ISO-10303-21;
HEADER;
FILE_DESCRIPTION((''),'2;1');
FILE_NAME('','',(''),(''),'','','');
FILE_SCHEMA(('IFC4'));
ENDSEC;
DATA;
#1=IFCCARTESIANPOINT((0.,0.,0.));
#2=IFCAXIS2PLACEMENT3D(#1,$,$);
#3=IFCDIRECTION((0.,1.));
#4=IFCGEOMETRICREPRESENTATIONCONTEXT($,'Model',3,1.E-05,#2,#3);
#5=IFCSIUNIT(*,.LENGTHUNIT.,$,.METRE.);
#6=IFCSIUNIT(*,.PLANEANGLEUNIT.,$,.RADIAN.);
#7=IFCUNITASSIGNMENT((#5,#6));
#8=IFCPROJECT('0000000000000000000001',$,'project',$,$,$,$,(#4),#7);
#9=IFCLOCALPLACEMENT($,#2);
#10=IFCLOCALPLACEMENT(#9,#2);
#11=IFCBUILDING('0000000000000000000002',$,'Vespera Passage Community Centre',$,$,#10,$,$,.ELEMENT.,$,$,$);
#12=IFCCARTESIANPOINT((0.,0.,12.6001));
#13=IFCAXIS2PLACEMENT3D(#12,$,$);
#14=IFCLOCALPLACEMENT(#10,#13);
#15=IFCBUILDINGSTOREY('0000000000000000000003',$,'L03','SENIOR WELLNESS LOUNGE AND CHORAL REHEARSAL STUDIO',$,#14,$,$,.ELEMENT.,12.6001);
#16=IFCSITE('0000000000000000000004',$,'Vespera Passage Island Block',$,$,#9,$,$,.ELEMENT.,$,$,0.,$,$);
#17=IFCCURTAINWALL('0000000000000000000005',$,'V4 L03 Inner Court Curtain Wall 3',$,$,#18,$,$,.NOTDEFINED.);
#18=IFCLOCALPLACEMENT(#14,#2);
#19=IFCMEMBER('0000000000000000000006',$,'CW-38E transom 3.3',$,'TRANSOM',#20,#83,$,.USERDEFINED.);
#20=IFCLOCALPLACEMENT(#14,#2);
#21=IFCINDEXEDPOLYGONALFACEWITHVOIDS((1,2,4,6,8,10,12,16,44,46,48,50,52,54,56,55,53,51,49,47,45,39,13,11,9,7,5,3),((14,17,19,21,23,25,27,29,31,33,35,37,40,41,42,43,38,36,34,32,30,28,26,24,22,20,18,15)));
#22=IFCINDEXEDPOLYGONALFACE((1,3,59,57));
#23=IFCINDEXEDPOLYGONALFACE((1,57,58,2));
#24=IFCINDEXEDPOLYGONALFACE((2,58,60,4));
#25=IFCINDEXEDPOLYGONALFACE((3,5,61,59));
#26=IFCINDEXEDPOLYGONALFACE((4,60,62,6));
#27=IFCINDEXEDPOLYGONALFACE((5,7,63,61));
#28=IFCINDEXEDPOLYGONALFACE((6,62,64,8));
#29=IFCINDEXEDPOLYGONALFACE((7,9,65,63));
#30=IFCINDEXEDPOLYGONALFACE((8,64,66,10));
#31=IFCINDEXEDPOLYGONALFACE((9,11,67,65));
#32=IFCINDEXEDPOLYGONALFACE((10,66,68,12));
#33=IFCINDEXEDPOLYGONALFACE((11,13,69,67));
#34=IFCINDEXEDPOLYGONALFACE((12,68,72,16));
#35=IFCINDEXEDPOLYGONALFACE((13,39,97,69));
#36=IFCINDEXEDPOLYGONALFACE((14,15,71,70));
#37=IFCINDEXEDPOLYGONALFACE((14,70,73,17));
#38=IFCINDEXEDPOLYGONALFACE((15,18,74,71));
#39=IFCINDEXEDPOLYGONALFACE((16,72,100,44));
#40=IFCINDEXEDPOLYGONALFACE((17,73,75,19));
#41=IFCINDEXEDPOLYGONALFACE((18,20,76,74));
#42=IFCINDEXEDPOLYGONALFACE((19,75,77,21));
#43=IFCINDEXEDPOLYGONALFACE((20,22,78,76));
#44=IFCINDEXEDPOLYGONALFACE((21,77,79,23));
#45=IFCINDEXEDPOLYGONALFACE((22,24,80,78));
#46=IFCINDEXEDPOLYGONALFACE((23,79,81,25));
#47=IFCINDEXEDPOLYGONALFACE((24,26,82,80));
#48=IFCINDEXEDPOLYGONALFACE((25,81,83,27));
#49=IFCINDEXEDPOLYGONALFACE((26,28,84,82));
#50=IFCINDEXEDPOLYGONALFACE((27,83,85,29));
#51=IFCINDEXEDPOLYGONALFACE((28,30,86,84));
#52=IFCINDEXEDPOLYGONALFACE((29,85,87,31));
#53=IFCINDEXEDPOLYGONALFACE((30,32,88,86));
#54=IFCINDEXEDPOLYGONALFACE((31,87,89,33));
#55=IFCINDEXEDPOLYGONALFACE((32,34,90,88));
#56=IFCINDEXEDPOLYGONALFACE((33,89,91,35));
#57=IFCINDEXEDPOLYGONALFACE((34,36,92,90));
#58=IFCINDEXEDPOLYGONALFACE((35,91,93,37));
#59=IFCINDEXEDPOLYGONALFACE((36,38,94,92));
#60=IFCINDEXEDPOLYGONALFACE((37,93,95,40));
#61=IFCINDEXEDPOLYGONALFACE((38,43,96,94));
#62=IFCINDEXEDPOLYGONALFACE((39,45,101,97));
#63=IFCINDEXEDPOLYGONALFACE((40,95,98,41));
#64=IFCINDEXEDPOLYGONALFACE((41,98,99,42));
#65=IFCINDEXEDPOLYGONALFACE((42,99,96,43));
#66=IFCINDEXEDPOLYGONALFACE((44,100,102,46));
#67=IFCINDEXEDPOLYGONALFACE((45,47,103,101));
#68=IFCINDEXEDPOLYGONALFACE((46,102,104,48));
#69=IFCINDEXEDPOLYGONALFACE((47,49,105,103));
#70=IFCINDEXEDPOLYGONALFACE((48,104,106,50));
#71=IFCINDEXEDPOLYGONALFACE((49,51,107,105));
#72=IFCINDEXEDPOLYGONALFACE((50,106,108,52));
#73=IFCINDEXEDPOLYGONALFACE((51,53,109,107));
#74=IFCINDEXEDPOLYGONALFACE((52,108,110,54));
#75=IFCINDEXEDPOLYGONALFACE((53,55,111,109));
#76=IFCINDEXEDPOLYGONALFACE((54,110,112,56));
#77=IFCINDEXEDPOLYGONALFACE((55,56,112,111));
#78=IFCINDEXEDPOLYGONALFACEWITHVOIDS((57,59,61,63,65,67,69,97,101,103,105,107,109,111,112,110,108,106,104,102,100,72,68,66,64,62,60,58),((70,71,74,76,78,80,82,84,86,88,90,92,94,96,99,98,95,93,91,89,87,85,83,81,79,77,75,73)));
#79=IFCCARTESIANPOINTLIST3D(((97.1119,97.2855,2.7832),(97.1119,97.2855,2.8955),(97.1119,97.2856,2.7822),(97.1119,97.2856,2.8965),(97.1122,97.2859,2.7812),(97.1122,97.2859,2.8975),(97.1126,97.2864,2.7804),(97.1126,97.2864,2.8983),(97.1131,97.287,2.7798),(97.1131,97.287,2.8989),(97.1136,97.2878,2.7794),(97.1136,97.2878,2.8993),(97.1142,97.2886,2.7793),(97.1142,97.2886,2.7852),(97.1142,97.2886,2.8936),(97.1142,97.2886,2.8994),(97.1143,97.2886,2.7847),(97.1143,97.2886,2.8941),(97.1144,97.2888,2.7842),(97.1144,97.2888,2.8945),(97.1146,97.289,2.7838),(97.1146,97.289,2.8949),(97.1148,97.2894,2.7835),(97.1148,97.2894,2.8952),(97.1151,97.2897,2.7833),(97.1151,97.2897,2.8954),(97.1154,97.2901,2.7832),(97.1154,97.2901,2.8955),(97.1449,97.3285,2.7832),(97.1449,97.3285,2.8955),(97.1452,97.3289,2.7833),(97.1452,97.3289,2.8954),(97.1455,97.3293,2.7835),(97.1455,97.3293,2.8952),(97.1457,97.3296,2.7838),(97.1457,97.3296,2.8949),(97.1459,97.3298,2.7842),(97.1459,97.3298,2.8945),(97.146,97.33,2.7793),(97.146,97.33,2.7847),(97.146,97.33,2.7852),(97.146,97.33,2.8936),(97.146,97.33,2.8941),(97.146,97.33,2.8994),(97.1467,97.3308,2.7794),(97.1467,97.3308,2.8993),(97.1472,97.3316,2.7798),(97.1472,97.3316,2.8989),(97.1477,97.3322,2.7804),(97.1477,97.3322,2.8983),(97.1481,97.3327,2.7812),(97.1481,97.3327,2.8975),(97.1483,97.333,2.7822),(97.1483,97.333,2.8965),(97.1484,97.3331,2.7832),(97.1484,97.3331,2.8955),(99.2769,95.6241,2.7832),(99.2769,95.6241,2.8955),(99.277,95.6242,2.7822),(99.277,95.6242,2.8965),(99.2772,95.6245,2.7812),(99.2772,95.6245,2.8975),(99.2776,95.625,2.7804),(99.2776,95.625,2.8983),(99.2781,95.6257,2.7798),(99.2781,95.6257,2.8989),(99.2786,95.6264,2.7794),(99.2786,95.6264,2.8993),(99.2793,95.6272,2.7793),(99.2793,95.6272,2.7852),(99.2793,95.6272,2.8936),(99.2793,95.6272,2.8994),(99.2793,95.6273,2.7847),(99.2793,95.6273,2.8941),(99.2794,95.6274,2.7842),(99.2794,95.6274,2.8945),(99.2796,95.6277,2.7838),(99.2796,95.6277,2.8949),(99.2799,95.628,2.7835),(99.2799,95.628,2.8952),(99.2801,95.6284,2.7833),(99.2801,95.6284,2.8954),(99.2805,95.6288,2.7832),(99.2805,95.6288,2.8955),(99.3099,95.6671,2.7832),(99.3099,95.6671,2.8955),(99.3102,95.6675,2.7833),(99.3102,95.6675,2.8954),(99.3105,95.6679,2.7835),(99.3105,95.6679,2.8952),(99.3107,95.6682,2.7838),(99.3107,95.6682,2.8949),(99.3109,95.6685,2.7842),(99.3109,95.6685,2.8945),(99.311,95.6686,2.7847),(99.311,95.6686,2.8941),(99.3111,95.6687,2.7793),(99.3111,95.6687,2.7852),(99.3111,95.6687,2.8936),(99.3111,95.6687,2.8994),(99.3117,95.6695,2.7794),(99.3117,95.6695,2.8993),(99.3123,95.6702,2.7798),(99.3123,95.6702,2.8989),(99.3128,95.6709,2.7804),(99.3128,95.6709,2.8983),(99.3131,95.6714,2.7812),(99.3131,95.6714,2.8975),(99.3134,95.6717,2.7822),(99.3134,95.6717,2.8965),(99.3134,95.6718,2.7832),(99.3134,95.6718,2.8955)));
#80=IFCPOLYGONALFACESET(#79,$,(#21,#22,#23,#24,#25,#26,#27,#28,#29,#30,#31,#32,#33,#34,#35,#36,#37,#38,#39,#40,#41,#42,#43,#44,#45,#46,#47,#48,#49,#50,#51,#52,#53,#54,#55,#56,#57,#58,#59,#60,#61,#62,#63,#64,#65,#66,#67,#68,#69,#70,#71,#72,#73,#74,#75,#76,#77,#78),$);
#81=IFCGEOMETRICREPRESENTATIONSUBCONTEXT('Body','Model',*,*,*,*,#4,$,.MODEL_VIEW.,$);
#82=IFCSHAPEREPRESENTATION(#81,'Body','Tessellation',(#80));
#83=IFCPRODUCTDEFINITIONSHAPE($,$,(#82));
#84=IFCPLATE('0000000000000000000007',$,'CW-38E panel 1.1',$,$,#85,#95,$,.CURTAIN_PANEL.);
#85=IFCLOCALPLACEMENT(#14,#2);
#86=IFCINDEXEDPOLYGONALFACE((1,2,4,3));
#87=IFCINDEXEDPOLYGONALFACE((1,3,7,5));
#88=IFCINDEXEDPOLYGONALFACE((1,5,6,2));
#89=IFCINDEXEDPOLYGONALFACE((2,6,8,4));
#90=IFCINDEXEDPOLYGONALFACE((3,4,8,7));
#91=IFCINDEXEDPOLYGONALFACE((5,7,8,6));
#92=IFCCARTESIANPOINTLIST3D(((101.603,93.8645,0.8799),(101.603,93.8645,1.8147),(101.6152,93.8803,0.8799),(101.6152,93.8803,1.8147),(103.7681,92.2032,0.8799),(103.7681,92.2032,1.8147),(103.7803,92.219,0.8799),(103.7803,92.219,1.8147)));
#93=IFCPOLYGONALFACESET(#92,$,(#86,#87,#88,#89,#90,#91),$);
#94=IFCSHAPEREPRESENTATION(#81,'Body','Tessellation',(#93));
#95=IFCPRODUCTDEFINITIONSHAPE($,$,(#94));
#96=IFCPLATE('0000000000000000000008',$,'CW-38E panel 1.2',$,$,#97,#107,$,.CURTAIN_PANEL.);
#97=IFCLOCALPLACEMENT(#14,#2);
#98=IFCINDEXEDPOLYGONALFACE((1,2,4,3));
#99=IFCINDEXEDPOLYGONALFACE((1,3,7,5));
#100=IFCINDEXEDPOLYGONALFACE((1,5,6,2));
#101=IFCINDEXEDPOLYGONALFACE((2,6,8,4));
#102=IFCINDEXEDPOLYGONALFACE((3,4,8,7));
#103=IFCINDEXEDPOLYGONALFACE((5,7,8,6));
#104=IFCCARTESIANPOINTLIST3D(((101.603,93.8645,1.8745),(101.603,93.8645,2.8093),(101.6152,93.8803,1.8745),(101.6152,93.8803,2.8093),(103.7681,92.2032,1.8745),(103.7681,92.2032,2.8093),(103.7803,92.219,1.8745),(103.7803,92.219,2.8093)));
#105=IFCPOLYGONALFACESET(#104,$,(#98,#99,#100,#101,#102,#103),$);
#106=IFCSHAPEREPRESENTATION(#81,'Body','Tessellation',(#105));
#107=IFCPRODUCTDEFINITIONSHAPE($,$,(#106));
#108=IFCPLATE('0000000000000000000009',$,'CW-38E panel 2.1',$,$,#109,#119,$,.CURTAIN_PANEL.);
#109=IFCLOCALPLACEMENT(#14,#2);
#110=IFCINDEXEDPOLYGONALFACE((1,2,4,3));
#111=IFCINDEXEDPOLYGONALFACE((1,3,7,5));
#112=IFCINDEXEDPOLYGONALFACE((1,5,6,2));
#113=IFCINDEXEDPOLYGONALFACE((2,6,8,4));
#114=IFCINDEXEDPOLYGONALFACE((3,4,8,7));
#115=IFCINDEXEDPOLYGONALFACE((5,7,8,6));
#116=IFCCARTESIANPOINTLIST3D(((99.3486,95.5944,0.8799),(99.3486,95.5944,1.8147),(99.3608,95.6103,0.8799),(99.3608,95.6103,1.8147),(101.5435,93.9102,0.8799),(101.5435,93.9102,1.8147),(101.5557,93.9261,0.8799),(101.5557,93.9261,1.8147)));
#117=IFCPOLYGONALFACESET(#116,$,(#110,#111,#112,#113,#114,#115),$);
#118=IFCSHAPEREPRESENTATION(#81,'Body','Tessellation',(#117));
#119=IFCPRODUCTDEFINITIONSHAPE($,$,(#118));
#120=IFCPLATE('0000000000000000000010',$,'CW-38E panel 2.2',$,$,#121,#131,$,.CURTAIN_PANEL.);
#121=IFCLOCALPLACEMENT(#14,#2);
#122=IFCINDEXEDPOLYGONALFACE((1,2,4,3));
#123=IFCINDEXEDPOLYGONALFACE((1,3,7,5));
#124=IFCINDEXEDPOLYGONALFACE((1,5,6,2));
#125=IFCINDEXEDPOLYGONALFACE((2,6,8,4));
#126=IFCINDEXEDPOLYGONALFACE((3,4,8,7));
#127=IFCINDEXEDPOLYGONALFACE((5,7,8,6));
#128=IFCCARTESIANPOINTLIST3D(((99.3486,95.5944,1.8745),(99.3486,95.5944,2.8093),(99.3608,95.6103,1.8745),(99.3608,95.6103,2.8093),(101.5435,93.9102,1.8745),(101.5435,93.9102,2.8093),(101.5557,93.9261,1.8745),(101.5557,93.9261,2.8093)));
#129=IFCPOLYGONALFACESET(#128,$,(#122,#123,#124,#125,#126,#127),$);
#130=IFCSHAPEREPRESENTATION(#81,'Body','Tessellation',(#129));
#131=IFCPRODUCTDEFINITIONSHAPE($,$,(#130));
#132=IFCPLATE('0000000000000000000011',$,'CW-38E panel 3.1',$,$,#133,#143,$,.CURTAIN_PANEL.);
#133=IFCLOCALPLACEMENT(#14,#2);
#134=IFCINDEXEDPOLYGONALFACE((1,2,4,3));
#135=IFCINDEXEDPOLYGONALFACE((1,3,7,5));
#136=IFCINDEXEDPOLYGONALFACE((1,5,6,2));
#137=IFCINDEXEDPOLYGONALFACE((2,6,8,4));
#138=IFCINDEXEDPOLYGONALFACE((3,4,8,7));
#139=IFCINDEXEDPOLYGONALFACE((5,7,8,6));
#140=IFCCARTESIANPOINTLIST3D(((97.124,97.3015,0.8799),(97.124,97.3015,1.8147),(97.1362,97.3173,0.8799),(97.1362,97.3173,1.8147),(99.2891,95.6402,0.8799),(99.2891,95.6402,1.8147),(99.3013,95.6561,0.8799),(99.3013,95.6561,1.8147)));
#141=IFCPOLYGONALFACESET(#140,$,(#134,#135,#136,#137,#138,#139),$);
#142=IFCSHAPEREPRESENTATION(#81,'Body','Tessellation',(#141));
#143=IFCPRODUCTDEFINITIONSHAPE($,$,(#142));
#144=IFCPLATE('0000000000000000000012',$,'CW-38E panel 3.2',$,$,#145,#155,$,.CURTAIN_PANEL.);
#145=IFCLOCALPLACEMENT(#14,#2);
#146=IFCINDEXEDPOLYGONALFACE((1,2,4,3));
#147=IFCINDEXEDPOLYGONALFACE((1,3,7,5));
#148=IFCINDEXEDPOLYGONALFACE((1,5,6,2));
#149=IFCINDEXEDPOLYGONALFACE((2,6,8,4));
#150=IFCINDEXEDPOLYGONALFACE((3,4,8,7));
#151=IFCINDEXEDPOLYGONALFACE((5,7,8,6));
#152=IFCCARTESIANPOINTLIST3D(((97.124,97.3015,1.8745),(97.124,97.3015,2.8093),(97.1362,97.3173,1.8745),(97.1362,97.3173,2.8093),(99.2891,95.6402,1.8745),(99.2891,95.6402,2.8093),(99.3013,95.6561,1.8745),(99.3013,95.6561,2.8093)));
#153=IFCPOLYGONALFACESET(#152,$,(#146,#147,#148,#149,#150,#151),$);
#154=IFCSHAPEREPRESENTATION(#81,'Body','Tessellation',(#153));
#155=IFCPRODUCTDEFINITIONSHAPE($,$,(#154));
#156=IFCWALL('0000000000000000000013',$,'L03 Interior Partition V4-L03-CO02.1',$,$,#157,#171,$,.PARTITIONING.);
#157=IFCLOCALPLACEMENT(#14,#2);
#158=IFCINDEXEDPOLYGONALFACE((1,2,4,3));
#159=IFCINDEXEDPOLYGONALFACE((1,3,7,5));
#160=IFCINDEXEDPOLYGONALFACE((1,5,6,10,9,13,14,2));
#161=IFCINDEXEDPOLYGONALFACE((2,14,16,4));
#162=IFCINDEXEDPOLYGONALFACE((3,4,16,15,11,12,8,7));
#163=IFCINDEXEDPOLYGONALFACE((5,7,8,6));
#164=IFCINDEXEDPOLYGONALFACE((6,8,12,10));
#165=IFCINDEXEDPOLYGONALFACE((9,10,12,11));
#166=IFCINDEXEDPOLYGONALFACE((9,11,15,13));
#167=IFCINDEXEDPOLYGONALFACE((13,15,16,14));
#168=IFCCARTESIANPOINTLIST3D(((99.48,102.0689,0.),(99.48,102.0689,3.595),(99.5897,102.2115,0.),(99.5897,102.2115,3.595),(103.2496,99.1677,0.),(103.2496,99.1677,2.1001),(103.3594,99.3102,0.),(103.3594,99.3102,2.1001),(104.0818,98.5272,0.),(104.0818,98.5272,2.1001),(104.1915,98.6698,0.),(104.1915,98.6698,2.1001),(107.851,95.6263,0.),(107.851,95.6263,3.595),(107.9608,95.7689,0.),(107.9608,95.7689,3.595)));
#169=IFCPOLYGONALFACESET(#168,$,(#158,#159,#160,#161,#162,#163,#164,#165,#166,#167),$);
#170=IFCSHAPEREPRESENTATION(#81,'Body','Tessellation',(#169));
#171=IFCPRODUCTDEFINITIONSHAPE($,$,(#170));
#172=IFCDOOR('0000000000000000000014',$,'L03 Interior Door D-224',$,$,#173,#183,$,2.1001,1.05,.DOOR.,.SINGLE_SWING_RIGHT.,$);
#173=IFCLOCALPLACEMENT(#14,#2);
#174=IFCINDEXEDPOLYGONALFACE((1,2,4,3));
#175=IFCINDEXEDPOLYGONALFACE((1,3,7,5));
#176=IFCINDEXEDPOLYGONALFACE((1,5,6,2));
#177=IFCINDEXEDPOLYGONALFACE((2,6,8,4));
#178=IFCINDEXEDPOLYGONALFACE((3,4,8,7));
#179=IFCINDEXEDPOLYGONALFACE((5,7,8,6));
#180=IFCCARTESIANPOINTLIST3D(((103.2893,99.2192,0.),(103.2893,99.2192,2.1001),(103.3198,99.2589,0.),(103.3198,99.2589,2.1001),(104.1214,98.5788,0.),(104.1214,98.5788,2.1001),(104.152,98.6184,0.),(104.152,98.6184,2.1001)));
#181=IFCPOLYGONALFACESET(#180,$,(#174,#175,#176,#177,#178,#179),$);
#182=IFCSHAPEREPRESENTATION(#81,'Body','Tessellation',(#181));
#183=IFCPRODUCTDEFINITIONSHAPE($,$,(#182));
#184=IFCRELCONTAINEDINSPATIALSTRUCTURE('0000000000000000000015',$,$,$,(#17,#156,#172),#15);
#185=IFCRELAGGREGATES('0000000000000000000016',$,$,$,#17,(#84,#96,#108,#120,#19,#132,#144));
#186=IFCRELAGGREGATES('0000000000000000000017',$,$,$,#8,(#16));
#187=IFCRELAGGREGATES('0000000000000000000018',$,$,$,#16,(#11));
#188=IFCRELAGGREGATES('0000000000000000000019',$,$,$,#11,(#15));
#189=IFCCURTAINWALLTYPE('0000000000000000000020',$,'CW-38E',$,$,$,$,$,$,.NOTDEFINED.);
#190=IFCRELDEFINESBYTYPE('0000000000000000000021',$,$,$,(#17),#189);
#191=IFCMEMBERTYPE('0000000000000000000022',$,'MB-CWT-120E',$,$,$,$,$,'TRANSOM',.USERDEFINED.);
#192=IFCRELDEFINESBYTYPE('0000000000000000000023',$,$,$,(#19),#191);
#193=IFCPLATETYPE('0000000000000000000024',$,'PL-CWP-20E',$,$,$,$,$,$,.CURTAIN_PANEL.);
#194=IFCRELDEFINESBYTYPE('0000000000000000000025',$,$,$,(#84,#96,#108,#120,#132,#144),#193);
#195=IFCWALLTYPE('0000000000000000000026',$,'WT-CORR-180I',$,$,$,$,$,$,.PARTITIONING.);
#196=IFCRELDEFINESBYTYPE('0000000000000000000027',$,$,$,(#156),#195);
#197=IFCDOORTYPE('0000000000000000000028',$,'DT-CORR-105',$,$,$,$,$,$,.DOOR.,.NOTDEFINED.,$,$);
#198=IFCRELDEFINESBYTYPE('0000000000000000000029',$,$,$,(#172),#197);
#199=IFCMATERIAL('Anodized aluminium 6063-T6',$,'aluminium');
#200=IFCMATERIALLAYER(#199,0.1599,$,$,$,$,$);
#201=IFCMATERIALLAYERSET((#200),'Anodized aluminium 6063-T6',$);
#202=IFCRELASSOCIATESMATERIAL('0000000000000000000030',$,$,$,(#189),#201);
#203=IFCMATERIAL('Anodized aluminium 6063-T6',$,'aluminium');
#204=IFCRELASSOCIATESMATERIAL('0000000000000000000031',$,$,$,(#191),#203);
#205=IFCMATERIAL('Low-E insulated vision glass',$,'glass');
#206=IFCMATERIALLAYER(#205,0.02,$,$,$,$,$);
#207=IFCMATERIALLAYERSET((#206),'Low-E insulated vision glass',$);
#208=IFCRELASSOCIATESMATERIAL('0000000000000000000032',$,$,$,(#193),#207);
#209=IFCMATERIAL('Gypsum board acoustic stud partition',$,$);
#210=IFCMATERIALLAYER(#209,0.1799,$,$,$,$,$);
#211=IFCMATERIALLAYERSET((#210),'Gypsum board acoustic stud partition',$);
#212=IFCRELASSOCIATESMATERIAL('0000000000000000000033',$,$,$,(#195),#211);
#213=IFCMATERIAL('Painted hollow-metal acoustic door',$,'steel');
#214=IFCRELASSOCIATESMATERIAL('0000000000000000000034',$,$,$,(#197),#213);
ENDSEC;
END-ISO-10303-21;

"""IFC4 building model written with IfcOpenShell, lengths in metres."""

from ifc_helpers import new_model, si_unit, direction, frame, frame_2d, origin, origin_2d, place, context, subcontext, project, spatial, rectangle, hollow_rectangle, extrude, material, layer, layer_set, material_profile, profile_set, type_object, element, fill, aggregate, save


model = new_model("IFC4")

# Units and contexts
model_context = context("Model", 3, precision=1e-05, world=origin(), true_north=direction((0.0, 1.0)))
body_context = subcontext(model_context, "Body", "Model", "MODEL_VIEW")
ifc_project = project(units=[si_unit("LENGTHUNIT", "METRE"), si_unit("PLANEANGLEUNIT", "RADIAN")], contexts=[model_context])

# Site, building, storey
site_placement = place(None, origin())
site = spatial("IfcSite", under=ifc_project, at=site_placement, Name="Vespera Passage Island Block", CompositionType="ELEMENT", RefElevation=0.0)
building_placement = place(site_placement, origin())
building = spatial("IfcBuilding", under=site, at=building_placement, Name="Vespera Passage Community Centre", CompositionType="ELEMENT")
storey_placement = place(building_placement, frame((0.0, 0.0, 12.6001)))
storey = spatial("IfcBuildingStorey", under=building, at=storey_placement, Name="L03", Description="SENIOR WELLNESS LOUNGE AND CHORAL REHEARSAL STUDIO", CompositionType="ELEMENT", Elevation=12.6001)

# Curtain wall, member, plates
ifc_material_1 = material(Name="Anodized aluminium 6063-T6", Category="aluminium")
ifc_layer_1 = layer(ifc_material_1, 0.1599)
ifc_layer_set_1 = layer_set([ifc_layer_1], Name="Anodized aluminium 6063-T6")
curtain_wall_type = type_object("IfcCurtainWallType", Name="CW-38E", PredefinedType="NOTDEFINED", material=ifc_layer_set_1)
curtain_wall_placement = place(storey_placement, origin())
curtain_wall = element("IfcCurtainWall", 1, at=curtain_wall_placement, inside=storey, type_object=curtain_wall_type, Name="V4 L03 Inner Court Curtain Wall 3", PredefinedType="NOTDEFINED")
ifc_material_2 = material(Name="Anodized aluminium 6063-T6", Category="aluminium")
ifc_material_profile_1 = material_profile(ifc_material_2, hollow_rectangle(XDim=0.0601, YDim=0.1201, WallThickness=0.0039, InnerFilletRadius=0.002, OuterFilletRadius=0.0039, at=origin_2d()), Name="ALU120X60X4")
ifc_profile_set_1 = profile_set([ifc_material_profile_1], Name="Anodized aluminium 6063-T6")
member_type_1 = type_object("IfcMemberType", Name="MB-CWT-120E", ElementType="TRANSOM", PredefinedType="USERDEFINED", material=ifc_profile_set_1)
member_1_placement = place(storey_placement, frame((99.2952, 95.6479, 2.8394), z_axis=(-0.793338, 0.608781, 0.0), x_axis=(-0.608781, -0.793338, 0.0)))
member_1 = element("IfcMember", 2, at=member_1_placement, type_object=member_type_1, Name="CW-38E transom 3.3", ObjectType="TRANSOM", PredefinedType="USERDEFINED", context=body_context, shape_type="SweptSolid", body=[
    extrude(hollow_rectangle(XDim=0.0601, YDim=0.1201, WallThickness=0.0039, InnerFilletRadius=0.002, OuterFilletRadius=0.0039, at=origin_2d()), origin(), (0.0, 0.0, 1.0), 2.729),
])
ifc_material_3 = material(Name="Low-E insulated vision glass", Category="glass")
ifc_layer_2 = layer(ifc_material_3, 0.02)
ifc_layer_set_2 = layer_set([ifc_layer_2], Name="Low-E insulated vision glass")
plate_type = type_object("IfcPlateType", Name="PL-CWP-20E", PredefinedType="CURTAIN_PANEL", material=ifc_layer_set_2)
plate_1_placement = place(storey_placement, frame((102.6917, 93.0417, 0.8799), z_axis=(0.0, 0.0, 1.0), x_axis=(-0.793358, 0.608755, 0.0)))
plate_1 = element("IfcPlate", 3, at=plate_1_placement, type_object=plate_type, Name="CW-38E panel 1.1", PredefinedType="CURTAIN_PANEL", context=body_context, shape_type="SweptSolid", body=[
    extrude(rectangle(XDim=2.729, YDim=0.02, at=origin_2d()), origin(), (0.0, 0.0, 1.0), 0.9348),
])
plate_2_placement = place(storey_placement, frame((102.6917, 93.0417, 1.8745), z_axis=(0.0, 0.0, 1.0), x_axis=(-0.793358, 0.608755, 0.0)))
plate_2 = element("IfcPlate", 4, at=plate_2_placement, type_object=plate_type, Name="CW-38E panel 1.2", PredefinedType="CURTAIN_PANEL", context=body_context, shape_type="SweptSolid", body=[
    extrude(rectangle(XDim=2.729, YDim=0.02, at=origin_2d()), origin(), (0.0, 0.0, 1.0), 0.9348),
])
plate_3_placement = place(storey_placement, frame((100.4521, 94.7603, 0.8799), z_axis=(0.0, 0.0, 1.0), x_axis=(-0.793358, 0.608755, 0.0)))
plate_3 = element("IfcPlate", 5, at=plate_3_placement, type_object=plate_type, Name="CW-38E panel 2.1", PredefinedType="CURTAIN_PANEL", context=body_context, shape_type="SweptSolid", body=[
    extrude(rectangle(XDim=2.7666, YDim=0.02, at=origin_2d()), origin(), (0.0, 0.0, 1.0), 0.9348),
])
plate_4_placement = place(storey_placement, frame((100.4521, 94.7603, 1.8745), z_axis=(0.0, 0.0, 1.0), x_axis=(-0.793358, 0.608755, 0.0)))
plate_4 = element("IfcPlate", 6, at=plate_4_placement, type_object=plate_type, Name="CW-38E panel 2.2", PredefinedType="CURTAIN_PANEL", context=body_context, shape_type="SweptSolid", body=[
    extrude(rectangle(XDim=2.7666, YDim=0.02, at=origin_2d()), origin(), (0.0, 0.0, 1.0), 0.9348),
])
plate_5_placement = place(storey_placement, frame((98.2126, 96.4788, 0.8799), z_axis=(0.0, 0.0, 1.0), x_axis=(-0.793358, 0.608755, 0.0)))
plate_5 = element("IfcPlate", 7, at=plate_5_placement, type_object=plate_type, Name="CW-38E panel 3.1", PredefinedType="CURTAIN_PANEL", context=body_context, shape_type="SweptSolid", body=[
    extrude(rectangle(XDim=2.729, YDim=0.02, at=origin_2d()), origin(), (0.0, 0.0, 1.0), 0.9348),
])
plate_6_placement = place(storey_placement, frame((98.2126, 96.4788, 1.8745), z_axis=(0.0, 0.0, 1.0), x_axis=(-0.793358, 0.608755, 0.0)))
plate_6 = element("IfcPlate", 8, at=plate_6_placement, type_object=plate_type, Name="CW-38E panel 3.2", PredefinedType="CURTAIN_PANEL", context=body_context, shape_type="SweptSolid", body=[
    extrude(rectangle(XDim=2.729, YDim=0.02, at=origin_2d()), origin(), (0.0, 0.0, 1.0), 0.9348),
])
aggregate(curtain_wall, [plate_1, plate_2, plate_3, plate_4, member_1, plate_5, plate_6])

# Wall, opening, door
ifc_material_4 = material(Name="Gypsum board acoustic stud partition")
ifc_layer_3 = layer(ifc_material_4, 0.1799)
ifc_layer_set_3 = layer_set([ifc_layer_3], Name="Gypsum board acoustic stud partition")
wall_type_1 = type_object("IfcWallType", Name="WT-CORR-180I", PredefinedType="PARTITIONING", material=ifc_layer_set_3)
wall_1_placement = place(storey_placement, frame((107.906, 95.6975, 0.0), z_axis=(0.0, 0.0, 1.0), x_axis=(-0.792472, 0.609908, 0.0)))
wall_1 = element("IfcWall", 9, at=wall_1_placement, inside=storey, type_object=wall_type_1, Name="L03 Interior Partition V4-L03-CO02.1", PredefinedType="PARTITIONING", context=body_context, shape_type="SweptSolid", body=[
    extrude(rectangle(XDim=10.5632, YDim=0.1799, at=frame_2d((5.2817, 0.0))), origin(), (0.0, 0.0, 1.0), 3.595),
])
opening_1_placement = place(wall_1_placement, frame((4.7566, 0.0, 0.0)))
opening_1 = element("IfcOpeningElement", 10, at=opening_1_placement, cuts=wall_1, PredefinedType="OPENING", context=body_context, shape_type="SweptSolid", body=[
    extrude(rectangle(XDim=1.05, YDim=2.1001, at=frame_2d((0.5249, 1.05))), frame((0.0, 0.0999, 0.0), z_axis=(0.0, -1.0, 0.0), x_axis=(1.0, 0.0, 0.0)), (0.0, 0.0, 1.0), 0.2),
])
ifc_material_5 = material(Name="Painted hollow-metal acoustic door", Category="steel")
door_type_1 = type_object("IfcDoorType", Name="DT-CORR-105", OperationType="NOTDEFINED", PredefinedType="DOOR", material=ifc_material_5)
door_1_placement = place(opening_1_placement, origin())
door_1 = element("IfcDoor", 11, at=door_1_placement, inside=storey, type_object=door_type_1, Name="L03 Interior Door D-224", OperationType="SINGLE_SWING_RIGHT", OverallHeight=2.1001, OverallWidth=1.05, PredefinedType="DOOR", context=body_context, shape_type="SweptSolid", body=[
    extrude(rectangle(XDim=1.05, YDim=2.1001, at=frame_2d((0.5249, 1.05))), frame((0.0, 0.0249, 0.0), z_axis=(0.0, -1.0, 0.0), x_axis=(1.0, 0.0, 0.0)), (0.0, 0.0, 1.0), 0.05),
])
fill(opening_1, door_1)

save(model, "model.ifc")
